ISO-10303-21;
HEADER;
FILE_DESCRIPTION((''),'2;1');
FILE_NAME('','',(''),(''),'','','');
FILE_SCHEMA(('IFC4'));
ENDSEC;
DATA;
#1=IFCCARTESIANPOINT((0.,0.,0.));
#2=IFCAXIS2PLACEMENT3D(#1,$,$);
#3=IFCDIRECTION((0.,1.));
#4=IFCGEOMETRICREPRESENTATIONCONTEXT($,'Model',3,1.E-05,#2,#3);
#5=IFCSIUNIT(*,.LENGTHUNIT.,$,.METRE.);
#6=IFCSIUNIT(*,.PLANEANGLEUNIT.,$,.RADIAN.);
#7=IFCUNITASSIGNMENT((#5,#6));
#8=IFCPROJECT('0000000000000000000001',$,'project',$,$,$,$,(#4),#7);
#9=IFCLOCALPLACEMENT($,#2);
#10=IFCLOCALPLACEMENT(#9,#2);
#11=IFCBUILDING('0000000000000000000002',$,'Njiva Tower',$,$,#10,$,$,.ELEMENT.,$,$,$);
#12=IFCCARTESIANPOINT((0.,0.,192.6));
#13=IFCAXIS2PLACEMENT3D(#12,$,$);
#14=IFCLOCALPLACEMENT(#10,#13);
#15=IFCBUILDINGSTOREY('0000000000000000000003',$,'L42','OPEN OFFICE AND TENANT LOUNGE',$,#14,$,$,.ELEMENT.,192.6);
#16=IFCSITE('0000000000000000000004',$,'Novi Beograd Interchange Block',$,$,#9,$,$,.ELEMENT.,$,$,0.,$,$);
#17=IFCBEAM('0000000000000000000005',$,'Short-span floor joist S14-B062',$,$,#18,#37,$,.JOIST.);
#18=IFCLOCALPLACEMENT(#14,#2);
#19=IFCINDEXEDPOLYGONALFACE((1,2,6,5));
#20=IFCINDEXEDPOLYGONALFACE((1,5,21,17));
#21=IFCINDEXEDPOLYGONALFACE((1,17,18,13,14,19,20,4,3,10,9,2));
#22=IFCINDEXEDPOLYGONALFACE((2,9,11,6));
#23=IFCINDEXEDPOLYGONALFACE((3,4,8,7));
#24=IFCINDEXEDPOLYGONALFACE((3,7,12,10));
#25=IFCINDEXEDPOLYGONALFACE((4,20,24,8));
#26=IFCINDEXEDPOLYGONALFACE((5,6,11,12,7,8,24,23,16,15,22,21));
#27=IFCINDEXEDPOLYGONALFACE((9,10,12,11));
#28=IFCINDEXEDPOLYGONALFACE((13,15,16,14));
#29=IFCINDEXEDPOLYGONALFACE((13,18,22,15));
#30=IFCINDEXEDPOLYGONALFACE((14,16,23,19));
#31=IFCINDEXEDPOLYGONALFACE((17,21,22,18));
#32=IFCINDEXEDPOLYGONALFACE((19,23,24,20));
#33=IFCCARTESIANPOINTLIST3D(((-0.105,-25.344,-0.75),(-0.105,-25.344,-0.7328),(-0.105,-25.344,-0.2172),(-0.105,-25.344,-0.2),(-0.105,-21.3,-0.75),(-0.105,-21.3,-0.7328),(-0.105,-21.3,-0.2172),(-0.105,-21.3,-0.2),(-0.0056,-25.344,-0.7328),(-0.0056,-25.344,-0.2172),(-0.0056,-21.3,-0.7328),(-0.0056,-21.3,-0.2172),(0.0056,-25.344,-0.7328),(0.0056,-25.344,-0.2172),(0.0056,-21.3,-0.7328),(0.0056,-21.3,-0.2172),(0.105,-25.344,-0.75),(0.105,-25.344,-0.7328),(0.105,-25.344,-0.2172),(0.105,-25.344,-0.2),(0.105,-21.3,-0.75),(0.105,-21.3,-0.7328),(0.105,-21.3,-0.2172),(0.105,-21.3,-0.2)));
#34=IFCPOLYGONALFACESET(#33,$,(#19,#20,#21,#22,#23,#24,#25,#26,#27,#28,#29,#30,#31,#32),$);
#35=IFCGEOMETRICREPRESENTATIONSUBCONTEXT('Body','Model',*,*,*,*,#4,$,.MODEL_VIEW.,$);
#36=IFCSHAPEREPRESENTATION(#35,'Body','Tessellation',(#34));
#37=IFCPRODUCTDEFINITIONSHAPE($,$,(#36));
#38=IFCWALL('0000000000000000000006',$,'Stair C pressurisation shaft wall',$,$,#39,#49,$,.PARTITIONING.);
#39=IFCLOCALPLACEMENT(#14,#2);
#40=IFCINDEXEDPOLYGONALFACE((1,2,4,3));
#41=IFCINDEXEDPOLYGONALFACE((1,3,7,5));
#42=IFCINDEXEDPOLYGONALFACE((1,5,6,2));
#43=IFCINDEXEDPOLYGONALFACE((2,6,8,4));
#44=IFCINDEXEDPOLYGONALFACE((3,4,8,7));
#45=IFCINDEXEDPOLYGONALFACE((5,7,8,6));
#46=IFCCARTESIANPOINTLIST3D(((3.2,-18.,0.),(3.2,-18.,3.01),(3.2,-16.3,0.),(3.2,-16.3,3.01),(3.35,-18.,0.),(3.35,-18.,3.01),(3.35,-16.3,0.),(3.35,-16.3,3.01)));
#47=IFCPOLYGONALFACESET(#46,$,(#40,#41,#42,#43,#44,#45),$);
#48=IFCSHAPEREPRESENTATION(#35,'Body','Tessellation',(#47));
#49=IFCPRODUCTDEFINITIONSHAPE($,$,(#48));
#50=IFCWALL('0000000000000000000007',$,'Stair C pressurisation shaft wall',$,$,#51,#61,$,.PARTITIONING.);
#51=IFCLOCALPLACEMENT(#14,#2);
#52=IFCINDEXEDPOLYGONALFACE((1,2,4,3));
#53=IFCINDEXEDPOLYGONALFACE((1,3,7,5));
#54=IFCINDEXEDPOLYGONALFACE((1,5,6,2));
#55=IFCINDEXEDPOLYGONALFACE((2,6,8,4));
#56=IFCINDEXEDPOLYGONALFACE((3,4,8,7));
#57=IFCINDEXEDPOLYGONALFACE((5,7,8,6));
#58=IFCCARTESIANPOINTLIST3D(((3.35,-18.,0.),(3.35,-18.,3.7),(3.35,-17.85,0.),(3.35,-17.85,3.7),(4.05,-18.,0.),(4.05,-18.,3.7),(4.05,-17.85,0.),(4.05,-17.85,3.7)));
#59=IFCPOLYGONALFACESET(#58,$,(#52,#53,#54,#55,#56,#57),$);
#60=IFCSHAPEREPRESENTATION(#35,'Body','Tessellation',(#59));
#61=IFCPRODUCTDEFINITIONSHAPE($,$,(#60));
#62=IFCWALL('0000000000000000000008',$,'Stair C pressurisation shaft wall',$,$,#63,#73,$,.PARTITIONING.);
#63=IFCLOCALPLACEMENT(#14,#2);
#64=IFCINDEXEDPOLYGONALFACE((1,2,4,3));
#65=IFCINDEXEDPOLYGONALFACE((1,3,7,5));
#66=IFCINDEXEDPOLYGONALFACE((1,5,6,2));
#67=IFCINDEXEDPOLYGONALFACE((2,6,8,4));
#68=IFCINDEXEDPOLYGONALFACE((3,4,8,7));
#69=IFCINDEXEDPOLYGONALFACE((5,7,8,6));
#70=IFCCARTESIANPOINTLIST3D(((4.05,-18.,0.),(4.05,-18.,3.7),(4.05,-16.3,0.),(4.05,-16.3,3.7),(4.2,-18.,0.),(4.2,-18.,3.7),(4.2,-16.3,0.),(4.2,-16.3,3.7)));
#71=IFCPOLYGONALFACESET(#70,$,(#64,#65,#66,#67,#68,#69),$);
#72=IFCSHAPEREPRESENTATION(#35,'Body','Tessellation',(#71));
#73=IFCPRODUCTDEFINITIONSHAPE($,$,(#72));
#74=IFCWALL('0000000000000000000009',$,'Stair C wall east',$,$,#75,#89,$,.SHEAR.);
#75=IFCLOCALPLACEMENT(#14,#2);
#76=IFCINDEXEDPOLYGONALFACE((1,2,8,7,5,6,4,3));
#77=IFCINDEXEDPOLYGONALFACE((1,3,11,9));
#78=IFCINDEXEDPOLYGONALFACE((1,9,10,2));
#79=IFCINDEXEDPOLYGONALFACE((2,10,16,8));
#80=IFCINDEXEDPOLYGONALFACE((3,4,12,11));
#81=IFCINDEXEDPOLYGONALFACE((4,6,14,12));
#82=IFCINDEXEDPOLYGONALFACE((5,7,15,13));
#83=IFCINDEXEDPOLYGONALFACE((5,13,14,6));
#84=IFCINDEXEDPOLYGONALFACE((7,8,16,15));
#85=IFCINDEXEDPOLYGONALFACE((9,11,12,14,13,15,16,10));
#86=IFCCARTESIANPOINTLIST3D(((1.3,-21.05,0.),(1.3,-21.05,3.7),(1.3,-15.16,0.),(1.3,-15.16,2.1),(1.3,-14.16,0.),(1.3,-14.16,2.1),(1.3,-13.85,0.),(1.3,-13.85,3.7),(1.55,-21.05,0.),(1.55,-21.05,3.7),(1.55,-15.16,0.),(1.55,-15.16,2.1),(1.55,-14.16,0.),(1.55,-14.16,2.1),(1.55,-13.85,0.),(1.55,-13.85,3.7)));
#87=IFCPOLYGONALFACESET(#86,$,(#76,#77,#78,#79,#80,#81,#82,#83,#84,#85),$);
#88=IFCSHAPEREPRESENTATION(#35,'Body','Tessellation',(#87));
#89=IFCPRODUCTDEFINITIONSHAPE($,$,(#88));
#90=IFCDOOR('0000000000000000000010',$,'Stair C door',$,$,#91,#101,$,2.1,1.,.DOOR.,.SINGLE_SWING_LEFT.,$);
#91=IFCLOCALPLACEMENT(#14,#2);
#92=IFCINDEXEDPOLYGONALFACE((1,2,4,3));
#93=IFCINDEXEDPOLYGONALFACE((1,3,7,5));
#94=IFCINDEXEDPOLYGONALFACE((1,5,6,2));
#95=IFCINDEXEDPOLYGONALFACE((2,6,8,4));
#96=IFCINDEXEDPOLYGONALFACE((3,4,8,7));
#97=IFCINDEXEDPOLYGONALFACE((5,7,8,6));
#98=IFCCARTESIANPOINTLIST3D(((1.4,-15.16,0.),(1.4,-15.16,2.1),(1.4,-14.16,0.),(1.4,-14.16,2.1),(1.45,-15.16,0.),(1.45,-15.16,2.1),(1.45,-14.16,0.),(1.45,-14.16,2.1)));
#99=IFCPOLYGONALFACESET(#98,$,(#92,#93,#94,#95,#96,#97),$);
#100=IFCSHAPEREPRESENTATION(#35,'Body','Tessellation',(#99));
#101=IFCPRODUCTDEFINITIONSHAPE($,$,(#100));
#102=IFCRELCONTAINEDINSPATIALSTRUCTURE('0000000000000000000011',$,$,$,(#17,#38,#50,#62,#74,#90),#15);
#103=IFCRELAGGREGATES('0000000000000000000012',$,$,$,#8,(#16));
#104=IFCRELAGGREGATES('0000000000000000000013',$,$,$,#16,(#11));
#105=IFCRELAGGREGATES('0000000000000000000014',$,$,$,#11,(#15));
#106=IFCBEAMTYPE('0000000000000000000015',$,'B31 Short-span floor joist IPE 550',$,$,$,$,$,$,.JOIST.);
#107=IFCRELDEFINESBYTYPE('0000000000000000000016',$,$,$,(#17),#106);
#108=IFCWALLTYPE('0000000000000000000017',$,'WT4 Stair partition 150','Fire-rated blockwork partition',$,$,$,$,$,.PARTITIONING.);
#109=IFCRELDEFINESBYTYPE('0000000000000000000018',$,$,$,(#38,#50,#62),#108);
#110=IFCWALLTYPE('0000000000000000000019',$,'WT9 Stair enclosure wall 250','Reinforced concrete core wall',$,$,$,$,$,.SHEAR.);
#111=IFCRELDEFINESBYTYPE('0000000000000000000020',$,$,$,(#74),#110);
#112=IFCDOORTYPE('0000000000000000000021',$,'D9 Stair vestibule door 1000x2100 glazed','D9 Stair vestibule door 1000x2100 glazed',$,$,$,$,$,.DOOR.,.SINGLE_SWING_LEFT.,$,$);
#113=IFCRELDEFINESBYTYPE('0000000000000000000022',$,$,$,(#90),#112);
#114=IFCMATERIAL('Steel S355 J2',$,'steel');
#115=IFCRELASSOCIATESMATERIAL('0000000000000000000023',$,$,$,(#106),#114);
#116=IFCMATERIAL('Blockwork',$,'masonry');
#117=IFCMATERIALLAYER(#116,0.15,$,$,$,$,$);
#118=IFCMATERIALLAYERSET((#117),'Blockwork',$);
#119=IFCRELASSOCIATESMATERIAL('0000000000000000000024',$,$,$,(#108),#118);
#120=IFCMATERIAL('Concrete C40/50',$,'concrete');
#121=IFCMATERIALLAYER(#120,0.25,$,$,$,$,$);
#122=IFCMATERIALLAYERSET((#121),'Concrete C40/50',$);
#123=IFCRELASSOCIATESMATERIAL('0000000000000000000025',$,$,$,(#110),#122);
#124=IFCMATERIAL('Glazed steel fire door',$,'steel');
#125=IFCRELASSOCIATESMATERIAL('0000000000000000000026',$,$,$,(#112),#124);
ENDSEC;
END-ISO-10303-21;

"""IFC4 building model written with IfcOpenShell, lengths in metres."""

from ifc_helpers import new_model, si_unit, direction, frame, frame_2d, origin, origin_2d, place, context, subcontext, project, spatial, rectangle, i_section, extrude, material, layer, layer_set, material_profile, profile_set, type_object, element, fill, save


model = new_model("IFC4")

# Units and contexts
model_context = context("Model", 3, precision=1e-05, world=origin(), true_north=direction((0.0, 1.0)))
body_context = subcontext(model_context, "Body", "Model", "MODEL_VIEW")
ifc_project = project(units=[si_unit("LENGTHUNIT", "METRE"), si_unit("PLANEANGLEUNIT", "RADIAN")], contexts=[model_context])

# Site, building, storey
site_placement = place(None, origin())
site = spatial("IfcSite", under=ifc_project, at=site_placement, Name="Novi Beograd Interchange Block", CompositionType="ELEMENT", RefElevation=0.0)
building_placement = place(site_placement, origin())
building = spatial("IfcBuilding", under=site, at=building_placement, Name="Njiva Tower", CompositionType="ELEMENT")
storey_placement = place(building_placement, frame((0.0, 0.0, 192.6)))
storey = spatial("IfcBuildingStorey", under=building, at=storey_placement, Name="L42", Description="OPEN OFFICE AND TENANT LOUNGE", CompositionType="ELEMENT", Elevation=192.6)

# Shared definitions
ifc_material_1 = material(Name="Steel S355 J2", Category="steel")

# Beam
ifc_material_profile_1 = material_profile(ifc_material_1, i_section(OverallWidth=0.21, OverallDepth=0.55, WebThickness=0.0111, FlangeThickness=0.0172, at=origin_2d()), Name="IPE 550")
ifc_profile_set_1 = profile_set([ifc_material_profile_1], Name="Steel S355 J2")
beam_type_1 = type_object("IfcBeamType", Name="B31 Short-span floor joist IPE 550", PredefinedType="JOIST", material=ifc_profile_set_1)
beam_1_placement = place(storey_placement, frame((0.0, -21.3, -0.475), z_axis=(0.0, -1.0, 0.0), x_axis=(1.0, 0.0, 0.0)))
element("IfcBeam", 1, at=beam_1_placement, inside=storey, type_object=beam_type_1, Name="Short-span floor joist S14-B062", PredefinedType="JOIST", context=body_context, shape_type="SweptSolid", body=[
    extrude(i_section(OverallWidth=0.21, OverallDepth=0.55, WebThickness=0.0111, FlangeThickness=0.0172, at=origin_2d()), origin(), (0.0, 0.0, 1.0), 4.044),
])

# Walls
ifc_material_2 = material(Name="Blockwork", Category="masonry")
ifc_layer_1 = layer(ifc_material_2, 0.15)
ifc_layer_set_1 = layer_set([ifc_layer_1], Name="Blockwork")
wall_type_1 = type_object("IfcWallType", Name="WT4 Stair partition 150", Description="Fire-rated blockwork partition", PredefinedType="PARTITIONING", material=ifc_layer_set_1)
wall_1_placement = place(storey_placement, frame((3.275, -18.0, 0.0), z_axis=(0.0, 0.0, 1.0), x_axis=(0.0, 1.0, 0.0)))
element("IfcWall", 2, at=wall_1_placement, inside=storey, type_object=wall_type_1, Name="Stair C pressurisation shaft wall", PredefinedType="PARTITIONING", context=body_context, shape_type="SweptSolid", body=[
    extrude(rectangle(XDim=1.7, YDim=0.15, at=frame_2d((0.85, 0.0))), origin(), (0.0, 0.0, 1.0), 3.01),
])
wall_2_placement = place(storey_placement, frame((3.35, -17.925, 0.0), z_axis=(0.0, 0.0, 1.0), x_axis=(1.0, 0.0, 0.0)))
element("IfcWall", 3, at=wall_2_placement, inside=storey, type_object=wall_type_1, Name="Stair C pressurisation shaft wall", PredefinedType="PARTITIONING", context=body_context, shape_type="SweptSolid", body=[
    extrude(rectangle(XDim=0.7, YDim=0.15, at=frame_2d((0.35, 0.0))), origin(), (0.0, 0.0, 1.0), 3.7),
])
wall_3_placement = place(storey_placement, frame((4.125, -18.0, 0.0), z_axis=(0.0, 0.0, 1.0), x_axis=(0.0, 1.0, 0.0)))
element("IfcWall", 4, at=wall_3_placement, inside=storey, type_object=wall_type_1, Name="Stair C pressurisation shaft wall", PredefinedType="PARTITIONING", context=body_context, shape_type="SweptSolid", body=[
    extrude(rectangle(XDim=1.7, YDim=0.15, at=frame_2d((0.85, 0.0))), origin(), (0.0, 0.0, 1.0), 3.7),
])

# Wall, opening, door
ifc_material_3 = material(Name="Concrete C40/50", Category="concrete")
ifc_layer_2 = layer(ifc_material_3, 0.25)
ifc_layer_set_2 = layer_set([ifc_layer_2], Name="Concrete C40/50")
wall_type_2 = type_object("IfcWallType", Name="WT9 Stair enclosure wall 250", Description="Reinforced concrete core wall", PredefinedType="SHEAR", material=ifc_layer_set_2)
wall_4_placement = place(storey_placement, frame((1.425, -21.05, 0.0), z_axis=(0.0, 0.0, 1.0), x_axis=(0.0, 1.0, 0.0)))
wall_4 = element("IfcWall", 5, at=wall_4_placement, inside=storey, type_object=wall_type_2, Name="Stair C wall east", PredefinedType="SHEAR", context=body_context, shape_type="SweptSolid", body=[
    extrude(rectangle(XDim=7.2, YDim=0.25, at=frame_2d((3.6, 0.0))), origin(), (0.0, 0.0, 1.0), 3.7),
])
opening_1_placement = place(wall_4_placement, frame((5.89, 0.0, 0.0)))
opening_1 = element("IfcOpeningElement", 6, at=opening_1_placement, cuts=wall_4, PredefinedType="OPENING", context=body_context, shape_type="SweptSolid", body=[
    extrude(rectangle(XDim=1.0, YDim=2.1, at=frame_2d((0.5, 1.05))), frame((0.0, 0.135, 0.0), z_axis=(0.0, -1.0, 0.0), x_axis=(1.0, 0.0, 0.0)), (0.0, 0.0, 1.0), 0.27),
])
ifc_material_4 = material(Name="Glazed steel fire door", Category="steel")
door_type = type_object("IfcDoorType", Name="D9 Stair vestibule door 1000x2100 glazed", Description="D9 Stair vestibule door 1000x2100 glazed", OperationType="SINGLE_SWING_LEFT", PredefinedType="DOOR", material=ifc_material_4)
door_placement = place(opening_1_placement, origin())
door = element("IfcDoor", 7, at=door_placement, inside=storey, type_object=door_type, Name="Stair C door", OperationType="SINGLE_SWING_LEFT", OverallHeight=2.1, OverallWidth=1.0, PredefinedType="DOOR", context=body_context, shape_type="SweptSolid", body=[
    extrude(rectangle(XDim=1.0, YDim=2.1, at=frame_2d((0.5, 1.05))), frame((0.0, 0.025, 0.0), z_axis=(0.0, -1.0, 0.0), x_axis=(1.0, 0.0, 0.0)), (0.0, 0.0, 1.0), 0.05),
])
fill(opening_1, door)

save(model, "model.ifc")
